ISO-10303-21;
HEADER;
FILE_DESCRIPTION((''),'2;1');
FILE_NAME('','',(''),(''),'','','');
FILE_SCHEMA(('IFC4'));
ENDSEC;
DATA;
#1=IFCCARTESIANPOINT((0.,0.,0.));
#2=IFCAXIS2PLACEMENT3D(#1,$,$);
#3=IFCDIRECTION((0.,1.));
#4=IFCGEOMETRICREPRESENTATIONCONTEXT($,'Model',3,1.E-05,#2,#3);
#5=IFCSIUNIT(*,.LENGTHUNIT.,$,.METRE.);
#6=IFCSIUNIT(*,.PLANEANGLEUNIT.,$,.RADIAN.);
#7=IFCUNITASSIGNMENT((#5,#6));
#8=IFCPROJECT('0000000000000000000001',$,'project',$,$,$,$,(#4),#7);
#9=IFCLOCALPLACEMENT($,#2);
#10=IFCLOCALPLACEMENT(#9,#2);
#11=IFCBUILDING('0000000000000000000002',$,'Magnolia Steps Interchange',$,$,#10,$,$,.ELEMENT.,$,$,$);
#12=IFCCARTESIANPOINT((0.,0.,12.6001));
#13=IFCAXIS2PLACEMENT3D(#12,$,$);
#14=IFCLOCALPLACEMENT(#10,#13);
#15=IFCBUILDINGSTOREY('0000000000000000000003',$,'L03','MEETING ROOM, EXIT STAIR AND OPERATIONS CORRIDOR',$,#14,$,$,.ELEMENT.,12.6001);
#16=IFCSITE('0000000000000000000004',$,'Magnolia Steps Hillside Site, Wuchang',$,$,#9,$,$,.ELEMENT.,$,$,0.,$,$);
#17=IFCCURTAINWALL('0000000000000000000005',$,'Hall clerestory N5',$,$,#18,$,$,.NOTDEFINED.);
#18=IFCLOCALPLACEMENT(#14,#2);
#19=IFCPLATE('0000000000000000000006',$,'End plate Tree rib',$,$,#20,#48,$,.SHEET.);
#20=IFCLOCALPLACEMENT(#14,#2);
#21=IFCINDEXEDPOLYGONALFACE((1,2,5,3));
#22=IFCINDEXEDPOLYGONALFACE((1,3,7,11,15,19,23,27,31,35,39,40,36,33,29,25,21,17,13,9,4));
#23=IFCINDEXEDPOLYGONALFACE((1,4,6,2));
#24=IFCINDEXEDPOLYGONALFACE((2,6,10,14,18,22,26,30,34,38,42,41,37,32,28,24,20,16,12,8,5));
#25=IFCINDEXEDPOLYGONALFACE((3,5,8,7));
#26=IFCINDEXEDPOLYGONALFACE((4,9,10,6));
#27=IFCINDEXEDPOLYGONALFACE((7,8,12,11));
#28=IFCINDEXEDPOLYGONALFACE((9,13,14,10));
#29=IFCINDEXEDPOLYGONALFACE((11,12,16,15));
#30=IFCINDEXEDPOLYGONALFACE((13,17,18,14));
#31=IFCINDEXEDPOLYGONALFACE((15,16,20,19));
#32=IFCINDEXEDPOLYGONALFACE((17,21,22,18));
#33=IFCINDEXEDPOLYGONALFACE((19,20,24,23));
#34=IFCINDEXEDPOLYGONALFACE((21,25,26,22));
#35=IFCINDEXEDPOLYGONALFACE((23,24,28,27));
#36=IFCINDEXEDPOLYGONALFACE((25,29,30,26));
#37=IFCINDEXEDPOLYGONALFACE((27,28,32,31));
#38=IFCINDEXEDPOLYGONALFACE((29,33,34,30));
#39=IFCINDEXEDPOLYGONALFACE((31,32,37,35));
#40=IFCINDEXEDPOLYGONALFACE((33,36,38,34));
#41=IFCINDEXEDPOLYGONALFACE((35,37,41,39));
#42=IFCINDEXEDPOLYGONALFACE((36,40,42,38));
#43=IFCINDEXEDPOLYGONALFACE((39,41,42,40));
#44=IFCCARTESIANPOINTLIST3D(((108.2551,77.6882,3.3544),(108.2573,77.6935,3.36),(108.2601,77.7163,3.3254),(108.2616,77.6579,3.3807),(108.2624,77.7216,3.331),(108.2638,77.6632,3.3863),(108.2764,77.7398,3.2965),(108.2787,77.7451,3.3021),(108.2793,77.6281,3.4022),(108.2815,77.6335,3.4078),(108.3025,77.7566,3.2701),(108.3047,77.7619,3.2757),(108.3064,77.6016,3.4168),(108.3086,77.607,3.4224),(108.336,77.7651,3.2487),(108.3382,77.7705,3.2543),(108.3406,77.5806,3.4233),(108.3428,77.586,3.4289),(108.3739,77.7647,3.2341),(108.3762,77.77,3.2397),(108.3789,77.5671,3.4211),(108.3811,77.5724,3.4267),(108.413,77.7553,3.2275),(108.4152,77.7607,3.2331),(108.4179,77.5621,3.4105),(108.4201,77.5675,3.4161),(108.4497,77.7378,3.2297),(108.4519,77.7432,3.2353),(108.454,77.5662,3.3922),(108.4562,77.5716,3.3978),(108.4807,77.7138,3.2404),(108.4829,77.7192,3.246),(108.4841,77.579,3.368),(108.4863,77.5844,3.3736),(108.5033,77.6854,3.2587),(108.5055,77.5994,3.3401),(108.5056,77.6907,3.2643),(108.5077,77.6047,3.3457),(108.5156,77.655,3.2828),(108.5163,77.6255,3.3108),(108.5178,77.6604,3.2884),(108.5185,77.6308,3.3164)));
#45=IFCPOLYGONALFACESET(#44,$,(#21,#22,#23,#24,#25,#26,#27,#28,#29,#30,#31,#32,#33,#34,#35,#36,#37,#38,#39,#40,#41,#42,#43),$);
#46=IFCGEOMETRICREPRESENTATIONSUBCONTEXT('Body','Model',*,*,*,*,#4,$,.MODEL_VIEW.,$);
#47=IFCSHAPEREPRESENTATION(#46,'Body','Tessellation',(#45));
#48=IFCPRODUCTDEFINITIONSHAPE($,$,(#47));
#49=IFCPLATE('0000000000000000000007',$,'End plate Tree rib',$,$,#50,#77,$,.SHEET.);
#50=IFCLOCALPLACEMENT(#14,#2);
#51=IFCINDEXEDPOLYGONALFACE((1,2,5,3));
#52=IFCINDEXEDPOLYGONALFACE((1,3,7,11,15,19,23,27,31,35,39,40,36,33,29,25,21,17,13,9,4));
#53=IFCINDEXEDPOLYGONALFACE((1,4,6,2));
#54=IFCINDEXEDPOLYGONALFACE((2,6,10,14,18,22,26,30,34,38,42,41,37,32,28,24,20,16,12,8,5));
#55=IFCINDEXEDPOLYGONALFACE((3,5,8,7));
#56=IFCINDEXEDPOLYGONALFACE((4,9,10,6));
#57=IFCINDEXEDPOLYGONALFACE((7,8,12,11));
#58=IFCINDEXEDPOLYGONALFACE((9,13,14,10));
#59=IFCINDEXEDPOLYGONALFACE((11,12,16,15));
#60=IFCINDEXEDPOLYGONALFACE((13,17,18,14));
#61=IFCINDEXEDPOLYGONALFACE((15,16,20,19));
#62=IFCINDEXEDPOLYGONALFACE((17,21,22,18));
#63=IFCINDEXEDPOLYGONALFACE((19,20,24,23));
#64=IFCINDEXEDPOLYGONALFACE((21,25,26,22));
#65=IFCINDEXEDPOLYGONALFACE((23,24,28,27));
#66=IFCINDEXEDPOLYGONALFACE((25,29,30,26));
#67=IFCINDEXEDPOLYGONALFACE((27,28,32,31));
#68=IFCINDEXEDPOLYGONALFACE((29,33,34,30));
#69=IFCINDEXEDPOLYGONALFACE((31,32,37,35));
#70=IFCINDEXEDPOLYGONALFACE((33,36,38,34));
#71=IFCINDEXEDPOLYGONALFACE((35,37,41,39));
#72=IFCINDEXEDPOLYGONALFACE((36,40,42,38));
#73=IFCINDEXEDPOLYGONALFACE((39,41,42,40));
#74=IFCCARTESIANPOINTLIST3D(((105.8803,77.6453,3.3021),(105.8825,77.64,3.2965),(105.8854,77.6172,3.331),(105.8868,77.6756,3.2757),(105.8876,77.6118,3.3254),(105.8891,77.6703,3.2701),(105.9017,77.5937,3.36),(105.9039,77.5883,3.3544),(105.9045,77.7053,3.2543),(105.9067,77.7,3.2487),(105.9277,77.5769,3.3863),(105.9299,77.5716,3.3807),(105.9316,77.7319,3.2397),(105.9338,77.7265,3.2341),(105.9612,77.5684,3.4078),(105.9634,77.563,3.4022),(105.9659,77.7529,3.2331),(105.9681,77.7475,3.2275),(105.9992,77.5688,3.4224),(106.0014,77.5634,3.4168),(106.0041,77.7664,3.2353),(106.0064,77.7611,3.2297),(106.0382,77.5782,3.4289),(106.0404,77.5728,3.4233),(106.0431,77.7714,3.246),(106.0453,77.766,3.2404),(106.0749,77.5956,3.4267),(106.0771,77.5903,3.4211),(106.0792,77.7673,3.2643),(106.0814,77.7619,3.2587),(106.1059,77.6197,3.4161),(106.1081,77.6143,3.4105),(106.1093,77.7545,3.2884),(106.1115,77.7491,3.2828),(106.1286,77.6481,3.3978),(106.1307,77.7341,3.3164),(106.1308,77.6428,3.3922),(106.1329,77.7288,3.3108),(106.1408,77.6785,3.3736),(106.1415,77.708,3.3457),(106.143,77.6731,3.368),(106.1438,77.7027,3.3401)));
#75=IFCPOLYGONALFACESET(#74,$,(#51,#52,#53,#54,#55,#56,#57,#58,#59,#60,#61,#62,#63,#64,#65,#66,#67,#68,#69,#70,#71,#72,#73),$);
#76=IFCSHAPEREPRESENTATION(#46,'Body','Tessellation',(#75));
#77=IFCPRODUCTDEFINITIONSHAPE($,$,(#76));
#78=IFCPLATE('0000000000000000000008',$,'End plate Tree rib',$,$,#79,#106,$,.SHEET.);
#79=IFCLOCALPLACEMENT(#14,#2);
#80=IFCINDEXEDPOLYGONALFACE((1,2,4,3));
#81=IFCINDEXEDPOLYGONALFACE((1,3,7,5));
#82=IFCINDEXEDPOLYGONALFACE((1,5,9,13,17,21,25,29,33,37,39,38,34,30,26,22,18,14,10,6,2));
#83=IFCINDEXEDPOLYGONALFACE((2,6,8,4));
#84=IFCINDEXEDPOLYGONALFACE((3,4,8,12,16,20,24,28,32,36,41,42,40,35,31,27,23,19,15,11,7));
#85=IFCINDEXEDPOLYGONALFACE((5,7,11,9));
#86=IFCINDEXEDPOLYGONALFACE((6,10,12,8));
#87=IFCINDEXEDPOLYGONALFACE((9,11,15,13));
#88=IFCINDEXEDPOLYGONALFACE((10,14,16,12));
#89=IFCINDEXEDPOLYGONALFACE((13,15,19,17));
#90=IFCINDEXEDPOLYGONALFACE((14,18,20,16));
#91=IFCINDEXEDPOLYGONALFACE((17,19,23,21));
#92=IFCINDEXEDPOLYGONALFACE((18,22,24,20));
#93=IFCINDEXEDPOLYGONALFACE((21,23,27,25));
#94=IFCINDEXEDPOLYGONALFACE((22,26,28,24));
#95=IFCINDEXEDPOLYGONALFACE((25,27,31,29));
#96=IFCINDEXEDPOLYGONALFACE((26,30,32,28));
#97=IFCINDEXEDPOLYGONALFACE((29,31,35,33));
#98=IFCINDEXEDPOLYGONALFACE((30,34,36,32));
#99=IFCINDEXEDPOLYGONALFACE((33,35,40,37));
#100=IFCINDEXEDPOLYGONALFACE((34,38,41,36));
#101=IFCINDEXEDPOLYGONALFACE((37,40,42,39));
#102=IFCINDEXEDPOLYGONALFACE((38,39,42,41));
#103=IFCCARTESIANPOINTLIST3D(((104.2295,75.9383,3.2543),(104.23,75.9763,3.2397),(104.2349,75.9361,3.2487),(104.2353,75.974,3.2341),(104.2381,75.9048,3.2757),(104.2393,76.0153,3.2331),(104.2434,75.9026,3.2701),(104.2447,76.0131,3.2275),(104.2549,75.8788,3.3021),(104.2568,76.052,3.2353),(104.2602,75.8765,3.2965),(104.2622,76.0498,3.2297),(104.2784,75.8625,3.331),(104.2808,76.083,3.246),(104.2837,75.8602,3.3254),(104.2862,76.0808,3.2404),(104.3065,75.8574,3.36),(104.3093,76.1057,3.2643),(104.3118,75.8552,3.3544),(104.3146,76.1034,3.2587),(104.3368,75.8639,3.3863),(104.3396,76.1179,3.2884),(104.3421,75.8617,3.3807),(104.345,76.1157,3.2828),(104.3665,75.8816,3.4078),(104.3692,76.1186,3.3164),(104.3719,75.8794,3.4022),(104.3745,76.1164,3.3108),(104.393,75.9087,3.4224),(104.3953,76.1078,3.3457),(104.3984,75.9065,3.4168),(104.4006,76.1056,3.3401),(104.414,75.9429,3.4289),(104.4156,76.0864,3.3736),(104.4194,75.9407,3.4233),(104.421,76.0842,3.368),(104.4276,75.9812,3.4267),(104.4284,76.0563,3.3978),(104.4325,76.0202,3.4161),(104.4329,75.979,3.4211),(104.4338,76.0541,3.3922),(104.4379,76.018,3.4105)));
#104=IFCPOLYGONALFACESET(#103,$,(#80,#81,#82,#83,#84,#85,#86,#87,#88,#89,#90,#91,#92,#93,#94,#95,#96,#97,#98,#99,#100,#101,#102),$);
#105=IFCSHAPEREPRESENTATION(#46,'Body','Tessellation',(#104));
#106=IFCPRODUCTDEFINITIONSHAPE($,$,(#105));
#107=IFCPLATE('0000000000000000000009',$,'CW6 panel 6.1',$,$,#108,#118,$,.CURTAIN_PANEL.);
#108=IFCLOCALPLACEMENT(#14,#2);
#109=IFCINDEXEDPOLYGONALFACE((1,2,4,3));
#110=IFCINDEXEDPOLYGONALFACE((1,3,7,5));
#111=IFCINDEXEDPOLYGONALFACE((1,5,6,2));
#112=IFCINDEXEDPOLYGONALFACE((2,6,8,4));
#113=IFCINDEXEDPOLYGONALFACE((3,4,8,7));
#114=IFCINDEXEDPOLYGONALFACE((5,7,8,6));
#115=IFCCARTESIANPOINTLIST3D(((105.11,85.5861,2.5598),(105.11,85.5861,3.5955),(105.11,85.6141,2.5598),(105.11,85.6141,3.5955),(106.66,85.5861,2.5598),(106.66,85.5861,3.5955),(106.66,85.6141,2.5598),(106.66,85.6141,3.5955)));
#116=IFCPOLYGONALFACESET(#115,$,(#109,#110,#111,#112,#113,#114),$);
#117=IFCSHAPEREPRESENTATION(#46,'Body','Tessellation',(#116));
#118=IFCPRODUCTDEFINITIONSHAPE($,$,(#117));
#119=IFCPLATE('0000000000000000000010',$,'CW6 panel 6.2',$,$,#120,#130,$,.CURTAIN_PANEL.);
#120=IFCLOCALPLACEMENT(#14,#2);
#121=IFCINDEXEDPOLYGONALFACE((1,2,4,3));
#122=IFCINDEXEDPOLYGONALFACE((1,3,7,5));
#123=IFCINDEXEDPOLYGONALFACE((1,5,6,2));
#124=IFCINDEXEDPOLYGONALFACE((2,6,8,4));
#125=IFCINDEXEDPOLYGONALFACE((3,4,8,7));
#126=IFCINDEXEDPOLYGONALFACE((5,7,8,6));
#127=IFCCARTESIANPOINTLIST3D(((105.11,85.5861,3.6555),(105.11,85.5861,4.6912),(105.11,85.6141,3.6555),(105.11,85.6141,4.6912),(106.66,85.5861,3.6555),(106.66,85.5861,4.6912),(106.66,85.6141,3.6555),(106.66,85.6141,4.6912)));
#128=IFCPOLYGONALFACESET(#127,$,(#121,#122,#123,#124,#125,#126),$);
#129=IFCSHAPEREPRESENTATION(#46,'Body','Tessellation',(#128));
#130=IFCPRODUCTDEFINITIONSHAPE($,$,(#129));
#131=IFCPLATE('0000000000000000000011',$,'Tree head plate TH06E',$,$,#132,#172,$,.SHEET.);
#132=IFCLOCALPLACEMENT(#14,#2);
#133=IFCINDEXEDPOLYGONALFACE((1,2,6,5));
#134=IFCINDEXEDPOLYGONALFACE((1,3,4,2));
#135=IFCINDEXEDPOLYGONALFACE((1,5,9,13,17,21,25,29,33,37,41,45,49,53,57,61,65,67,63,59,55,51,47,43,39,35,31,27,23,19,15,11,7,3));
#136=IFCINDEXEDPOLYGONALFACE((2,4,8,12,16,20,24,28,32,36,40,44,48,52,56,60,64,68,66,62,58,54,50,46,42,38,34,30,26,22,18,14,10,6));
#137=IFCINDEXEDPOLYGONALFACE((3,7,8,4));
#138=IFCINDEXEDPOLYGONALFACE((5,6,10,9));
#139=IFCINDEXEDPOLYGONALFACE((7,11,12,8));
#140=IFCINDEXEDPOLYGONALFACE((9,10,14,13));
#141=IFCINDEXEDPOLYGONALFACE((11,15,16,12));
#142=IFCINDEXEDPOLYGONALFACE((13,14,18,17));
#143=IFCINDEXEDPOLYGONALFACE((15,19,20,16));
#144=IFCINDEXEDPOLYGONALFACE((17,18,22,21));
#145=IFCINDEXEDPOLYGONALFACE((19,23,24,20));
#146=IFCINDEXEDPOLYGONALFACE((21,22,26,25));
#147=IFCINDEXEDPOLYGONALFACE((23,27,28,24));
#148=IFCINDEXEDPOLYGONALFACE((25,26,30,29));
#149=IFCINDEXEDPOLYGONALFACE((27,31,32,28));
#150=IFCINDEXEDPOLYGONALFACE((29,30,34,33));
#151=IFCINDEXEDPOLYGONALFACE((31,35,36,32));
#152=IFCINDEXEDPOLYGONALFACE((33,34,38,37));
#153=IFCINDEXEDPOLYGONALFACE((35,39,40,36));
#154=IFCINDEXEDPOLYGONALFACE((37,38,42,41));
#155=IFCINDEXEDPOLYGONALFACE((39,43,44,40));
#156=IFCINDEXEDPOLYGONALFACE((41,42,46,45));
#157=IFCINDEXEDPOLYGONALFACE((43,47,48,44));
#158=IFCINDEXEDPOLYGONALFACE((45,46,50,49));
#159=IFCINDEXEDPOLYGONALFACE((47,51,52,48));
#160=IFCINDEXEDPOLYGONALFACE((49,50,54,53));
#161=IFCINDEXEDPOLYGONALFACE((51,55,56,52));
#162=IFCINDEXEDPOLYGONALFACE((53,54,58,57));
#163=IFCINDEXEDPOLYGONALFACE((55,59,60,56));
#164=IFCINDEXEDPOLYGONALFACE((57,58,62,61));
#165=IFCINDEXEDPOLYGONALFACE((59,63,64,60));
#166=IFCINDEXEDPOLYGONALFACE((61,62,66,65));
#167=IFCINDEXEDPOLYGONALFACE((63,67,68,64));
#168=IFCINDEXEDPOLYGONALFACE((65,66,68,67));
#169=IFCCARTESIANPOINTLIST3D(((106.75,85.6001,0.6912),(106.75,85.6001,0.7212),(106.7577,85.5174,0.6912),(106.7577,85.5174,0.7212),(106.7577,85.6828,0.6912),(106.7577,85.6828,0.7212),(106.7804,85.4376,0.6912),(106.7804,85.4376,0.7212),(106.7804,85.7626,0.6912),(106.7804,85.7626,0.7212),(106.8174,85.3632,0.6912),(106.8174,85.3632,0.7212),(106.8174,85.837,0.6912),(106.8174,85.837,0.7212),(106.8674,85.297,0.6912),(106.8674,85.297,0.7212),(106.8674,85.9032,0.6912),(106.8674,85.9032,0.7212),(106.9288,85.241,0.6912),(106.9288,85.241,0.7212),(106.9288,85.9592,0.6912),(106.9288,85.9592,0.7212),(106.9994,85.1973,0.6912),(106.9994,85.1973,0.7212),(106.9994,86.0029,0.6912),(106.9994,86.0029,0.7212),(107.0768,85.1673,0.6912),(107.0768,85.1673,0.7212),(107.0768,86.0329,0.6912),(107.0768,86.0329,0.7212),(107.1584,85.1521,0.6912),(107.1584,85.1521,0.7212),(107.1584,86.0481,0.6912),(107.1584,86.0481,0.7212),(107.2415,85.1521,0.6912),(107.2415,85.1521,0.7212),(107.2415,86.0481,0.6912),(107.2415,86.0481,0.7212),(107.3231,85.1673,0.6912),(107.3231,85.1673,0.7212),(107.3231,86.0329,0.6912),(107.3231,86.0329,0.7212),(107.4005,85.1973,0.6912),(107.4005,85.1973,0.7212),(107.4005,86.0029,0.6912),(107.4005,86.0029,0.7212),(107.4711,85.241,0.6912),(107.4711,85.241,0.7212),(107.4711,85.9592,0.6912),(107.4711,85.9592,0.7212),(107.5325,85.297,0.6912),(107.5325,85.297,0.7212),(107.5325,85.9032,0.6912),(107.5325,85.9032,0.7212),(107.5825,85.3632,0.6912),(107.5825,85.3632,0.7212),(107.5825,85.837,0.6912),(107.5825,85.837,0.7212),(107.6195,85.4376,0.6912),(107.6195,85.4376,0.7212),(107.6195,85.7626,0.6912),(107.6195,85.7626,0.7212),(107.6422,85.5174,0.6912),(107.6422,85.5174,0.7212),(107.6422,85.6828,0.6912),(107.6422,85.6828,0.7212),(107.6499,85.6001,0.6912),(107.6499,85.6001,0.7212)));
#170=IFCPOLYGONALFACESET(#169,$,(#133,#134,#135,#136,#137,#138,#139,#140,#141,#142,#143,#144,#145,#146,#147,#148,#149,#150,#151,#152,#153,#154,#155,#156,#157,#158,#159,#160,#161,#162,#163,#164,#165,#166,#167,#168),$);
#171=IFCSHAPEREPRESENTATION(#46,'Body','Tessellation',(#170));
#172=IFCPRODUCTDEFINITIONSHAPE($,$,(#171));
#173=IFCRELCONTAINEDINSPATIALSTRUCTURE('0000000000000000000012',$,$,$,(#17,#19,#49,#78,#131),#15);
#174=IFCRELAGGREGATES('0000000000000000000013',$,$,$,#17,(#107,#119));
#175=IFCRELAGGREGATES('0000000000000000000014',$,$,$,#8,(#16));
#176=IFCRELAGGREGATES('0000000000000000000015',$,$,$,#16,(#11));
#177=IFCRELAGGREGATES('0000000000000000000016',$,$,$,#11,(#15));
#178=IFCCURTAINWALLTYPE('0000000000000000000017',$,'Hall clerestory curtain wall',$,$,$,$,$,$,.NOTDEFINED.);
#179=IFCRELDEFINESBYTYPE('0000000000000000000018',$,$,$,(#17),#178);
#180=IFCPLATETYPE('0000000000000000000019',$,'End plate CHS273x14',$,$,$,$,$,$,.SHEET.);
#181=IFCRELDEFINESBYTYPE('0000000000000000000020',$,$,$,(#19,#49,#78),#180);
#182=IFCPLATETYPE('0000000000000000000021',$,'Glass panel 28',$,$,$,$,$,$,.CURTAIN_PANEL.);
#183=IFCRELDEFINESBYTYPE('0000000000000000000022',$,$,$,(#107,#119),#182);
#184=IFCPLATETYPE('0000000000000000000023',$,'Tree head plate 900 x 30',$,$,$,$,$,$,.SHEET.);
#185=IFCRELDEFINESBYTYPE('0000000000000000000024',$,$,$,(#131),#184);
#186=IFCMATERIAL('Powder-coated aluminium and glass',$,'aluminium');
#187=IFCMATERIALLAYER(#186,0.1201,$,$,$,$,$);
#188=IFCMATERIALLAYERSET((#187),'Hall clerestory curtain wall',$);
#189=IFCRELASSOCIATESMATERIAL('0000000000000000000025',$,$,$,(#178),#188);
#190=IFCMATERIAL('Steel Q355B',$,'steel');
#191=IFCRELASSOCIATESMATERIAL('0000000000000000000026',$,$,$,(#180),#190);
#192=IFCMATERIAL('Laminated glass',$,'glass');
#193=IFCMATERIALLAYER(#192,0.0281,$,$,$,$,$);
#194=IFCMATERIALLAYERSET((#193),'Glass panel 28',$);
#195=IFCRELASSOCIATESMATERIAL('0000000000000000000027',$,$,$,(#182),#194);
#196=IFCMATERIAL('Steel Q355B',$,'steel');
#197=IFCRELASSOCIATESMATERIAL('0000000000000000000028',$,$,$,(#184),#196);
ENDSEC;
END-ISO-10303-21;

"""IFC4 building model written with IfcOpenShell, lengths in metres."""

from ifc_helpers import new_model, si_unit, direction, frame, origin, origin_2d, place, context, subcontext, project, spatial, rectangle, circle, extrude, material, layer, layer_set, material_profile, profile_set, type_object, element, aggregate, save


model = new_model("IFC4")

# Units and contexts
model_context = context("Model", 3, precision=1e-05, world=origin(), true_north=direction((0.0, 1.0)))
body_context = subcontext(model_context, "Body", "Model", "MODEL_VIEW")
ifc_project = project(units=[si_unit("LENGTHUNIT", "METRE"), si_unit("PLANEANGLEUNIT", "RADIAN")], contexts=[model_context])

# Site, building, storey
site_placement = place(None, origin())
site = spatial("IfcSite", under=ifc_project, at=site_placement, Name="Magnolia Steps Hillside Site, Wuchang", CompositionType="ELEMENT", RefElevation=0.0)
building_placement = place(site_placement, origin())
building = spatial("IfcBuilding", under=site, at=building_placement, Name="Magnolia Steps Interchange", CompositionType="ELEMENT")
storey_placement = place(building_placement, frame((0.0, 0.0, 12.6001)))
storey = spatial("IfcBuildingStorey", under=building, at=storey_placement, Name="L03", Description="MEETING ROOM, EXIT STAIR AND OPERATIONS CORRIDOR", CompositionType="ELEMENT", Elevation=12.6001)

# Curtain wall
ifc_material_1 = material(Name="Powder-coated aluminium and glass", Category="aluminium")
ifc_layer_1 = layer(ifc_material_1, 0.1201)
ifc_layer_set_1 = layer_set([ifc_layer_1], Name="Hall clerestory curtain wall")
curtain_wall_type = type_object("IfcCurtainWallType", Name="Hall clerestory curtain wall", PredefinedType="NOTDEFINED", material=ifc_layer_set_1)
curtain_wall_placement = place(storey_placement, origin())
curtain_wall = element("IfcCurtainWall", 1, at=curtain_wall_placement, inside=storey, type_object=curtain_wall_type, Name="Hall clerestory N5", PredefinedType="NOTDEFINED")

# Plates
ifc_material_2 = material(Name="Steel Q355B", Category="steel")
ifc_material_profile_1 = material_profile(ifc_material_2, circle(Radius=0.1365, at=origin_2d()), Name="End plate CHS273x14")
ifc_profile_set_1 = profile_set([ifc_material_profile_1], Name="Steel Q355B")
plate_type_1 = type_object("IfcPlateType", Name="End plate CHS273x14", PredefinedType="SHEET", material=ifc_profile_set_1)
for number, where, z_axis, x_axis, name in (
    (2, (108.3862, 77.6641, 3.3254), (0.275279, 0.664583, 0.694658), (-0.92388, 0.382683, 0.0), "End plate Tree rib"),
    (3, (106.0137, 77.6641, 3.3254), (-0.275279, 0.664583, 0.694658), (-0.92388, -0.382683, 0.0), "End plate Tree rib"),
    (4, (104.3359, 75.9863, 3.3254), (-0.664583, 0.275279, 0.694658), (-0.382683, -0.92388, 0.0), "End plate Tree rib"),
):
    element("IfcPlate", number, at=place(storey_placement, frame(where, z_axis=z_axis, x_axis=x_axis)), inside=storey, type_object=plate_type_1, Name=name, PredefinedType="SHEET", context=body_context, shape_type="SweptSolid", body=[
        extrude(circle(Radius=0.1365, at=origin_2d()), origin(), (0.0, 0.0, 1.0), 0.0081),
    ])

# Plates
ifc_material_3 = material(Name="Laminated glass", Category="glass")
ifc_layer_2 = layer(ifc_material_3, 0.0281)
ifc_layer_set_2 = layer_set([ifc_layer_2], Name="Glass panel 28")
plate_type_2 = type_object("IfcPlateType", Name="Glass panel 28", PredefinedType="CURTAIN_PANEL", material=ifc_layer_set_2)
plate_1_placement = place(storey_placement, frame((105.885, 85.6001, 2.5598), z_axis=(0.0, 0.0, 1.0), x_axis=(1.0, 0.0, 0.0)))
plate_1 = element("IfcPlate", 5, at=plate_1_placement, type_object=plate_type_2, Name="CW6 panel 6.1", PredefinedType="CURTAIN_PANEL", context=body_context, shape_type="SweptSolid", body=[
    extrude(rectangle(XDim=1.55, YDim=0.0281, at=origin_2d()), origin(), (0.0, 0.0, 1.0), 1.0356),
])
plate_2_placement = place(storey_placement, frame((105.885, 85.6001, 3.6555), z_axis=(0.0, 0.0, 1.0), x_axis=(1.0, 0.0, 0.0)))
plate_2 = element("IfcPlate", 6, at=plate_2_placement, type_object=plate_type_2, Name="CW6 panel 6.2", PredefinedType="CURTAIN_PANEL", context=body_context, shape_type="SweptSolid", body=[
    extrude(rectangle(XDim=1.55, YDim=0.0281, at=origin_2d()), origin(), (0.0, 0.0, 1.0), 1.0356),
])
aggregate(curtain_wall, [plate_1, plate_2])
ifc_material_4 = material(Name="Steel Q355B", Category="steel")
ifc_material_profile_2 = material_profile(ifc_material_4, circle(Radius=0.45, at=origin_2d()), Name="Tree head plate 900 x 30")
ifc_profile_set_2 = profile_set([ifc_material_profile_2], Name="Steel Q355B")
plate_type_3 = type_object("IfcPlateType", Name="Tree head plate 900 x 30", PredefinedType="SHEET", material=ifc_profile_set_2)
plate_3_placement = place(storey_placement, frame((107.2, 85.6001, 0.6912), z_axis=(0.0, 0.0, 1.0), x_axis=(1.0, 0.0, 0.0)))
element("IfcPlate", 7, at=plate_3_placement, inside=storey, type_object=plate_type_3, Name="Tree head plate TH06E", PredefinedType="SHEET", context=body_context, shape_type="SweptSolid", body=[
    extrude(circle(Radius=0.45, at=origin_2d()), origin(), (0.0, 0.0, 1.0), 0.03),
])

save(model, "model.ifc")
